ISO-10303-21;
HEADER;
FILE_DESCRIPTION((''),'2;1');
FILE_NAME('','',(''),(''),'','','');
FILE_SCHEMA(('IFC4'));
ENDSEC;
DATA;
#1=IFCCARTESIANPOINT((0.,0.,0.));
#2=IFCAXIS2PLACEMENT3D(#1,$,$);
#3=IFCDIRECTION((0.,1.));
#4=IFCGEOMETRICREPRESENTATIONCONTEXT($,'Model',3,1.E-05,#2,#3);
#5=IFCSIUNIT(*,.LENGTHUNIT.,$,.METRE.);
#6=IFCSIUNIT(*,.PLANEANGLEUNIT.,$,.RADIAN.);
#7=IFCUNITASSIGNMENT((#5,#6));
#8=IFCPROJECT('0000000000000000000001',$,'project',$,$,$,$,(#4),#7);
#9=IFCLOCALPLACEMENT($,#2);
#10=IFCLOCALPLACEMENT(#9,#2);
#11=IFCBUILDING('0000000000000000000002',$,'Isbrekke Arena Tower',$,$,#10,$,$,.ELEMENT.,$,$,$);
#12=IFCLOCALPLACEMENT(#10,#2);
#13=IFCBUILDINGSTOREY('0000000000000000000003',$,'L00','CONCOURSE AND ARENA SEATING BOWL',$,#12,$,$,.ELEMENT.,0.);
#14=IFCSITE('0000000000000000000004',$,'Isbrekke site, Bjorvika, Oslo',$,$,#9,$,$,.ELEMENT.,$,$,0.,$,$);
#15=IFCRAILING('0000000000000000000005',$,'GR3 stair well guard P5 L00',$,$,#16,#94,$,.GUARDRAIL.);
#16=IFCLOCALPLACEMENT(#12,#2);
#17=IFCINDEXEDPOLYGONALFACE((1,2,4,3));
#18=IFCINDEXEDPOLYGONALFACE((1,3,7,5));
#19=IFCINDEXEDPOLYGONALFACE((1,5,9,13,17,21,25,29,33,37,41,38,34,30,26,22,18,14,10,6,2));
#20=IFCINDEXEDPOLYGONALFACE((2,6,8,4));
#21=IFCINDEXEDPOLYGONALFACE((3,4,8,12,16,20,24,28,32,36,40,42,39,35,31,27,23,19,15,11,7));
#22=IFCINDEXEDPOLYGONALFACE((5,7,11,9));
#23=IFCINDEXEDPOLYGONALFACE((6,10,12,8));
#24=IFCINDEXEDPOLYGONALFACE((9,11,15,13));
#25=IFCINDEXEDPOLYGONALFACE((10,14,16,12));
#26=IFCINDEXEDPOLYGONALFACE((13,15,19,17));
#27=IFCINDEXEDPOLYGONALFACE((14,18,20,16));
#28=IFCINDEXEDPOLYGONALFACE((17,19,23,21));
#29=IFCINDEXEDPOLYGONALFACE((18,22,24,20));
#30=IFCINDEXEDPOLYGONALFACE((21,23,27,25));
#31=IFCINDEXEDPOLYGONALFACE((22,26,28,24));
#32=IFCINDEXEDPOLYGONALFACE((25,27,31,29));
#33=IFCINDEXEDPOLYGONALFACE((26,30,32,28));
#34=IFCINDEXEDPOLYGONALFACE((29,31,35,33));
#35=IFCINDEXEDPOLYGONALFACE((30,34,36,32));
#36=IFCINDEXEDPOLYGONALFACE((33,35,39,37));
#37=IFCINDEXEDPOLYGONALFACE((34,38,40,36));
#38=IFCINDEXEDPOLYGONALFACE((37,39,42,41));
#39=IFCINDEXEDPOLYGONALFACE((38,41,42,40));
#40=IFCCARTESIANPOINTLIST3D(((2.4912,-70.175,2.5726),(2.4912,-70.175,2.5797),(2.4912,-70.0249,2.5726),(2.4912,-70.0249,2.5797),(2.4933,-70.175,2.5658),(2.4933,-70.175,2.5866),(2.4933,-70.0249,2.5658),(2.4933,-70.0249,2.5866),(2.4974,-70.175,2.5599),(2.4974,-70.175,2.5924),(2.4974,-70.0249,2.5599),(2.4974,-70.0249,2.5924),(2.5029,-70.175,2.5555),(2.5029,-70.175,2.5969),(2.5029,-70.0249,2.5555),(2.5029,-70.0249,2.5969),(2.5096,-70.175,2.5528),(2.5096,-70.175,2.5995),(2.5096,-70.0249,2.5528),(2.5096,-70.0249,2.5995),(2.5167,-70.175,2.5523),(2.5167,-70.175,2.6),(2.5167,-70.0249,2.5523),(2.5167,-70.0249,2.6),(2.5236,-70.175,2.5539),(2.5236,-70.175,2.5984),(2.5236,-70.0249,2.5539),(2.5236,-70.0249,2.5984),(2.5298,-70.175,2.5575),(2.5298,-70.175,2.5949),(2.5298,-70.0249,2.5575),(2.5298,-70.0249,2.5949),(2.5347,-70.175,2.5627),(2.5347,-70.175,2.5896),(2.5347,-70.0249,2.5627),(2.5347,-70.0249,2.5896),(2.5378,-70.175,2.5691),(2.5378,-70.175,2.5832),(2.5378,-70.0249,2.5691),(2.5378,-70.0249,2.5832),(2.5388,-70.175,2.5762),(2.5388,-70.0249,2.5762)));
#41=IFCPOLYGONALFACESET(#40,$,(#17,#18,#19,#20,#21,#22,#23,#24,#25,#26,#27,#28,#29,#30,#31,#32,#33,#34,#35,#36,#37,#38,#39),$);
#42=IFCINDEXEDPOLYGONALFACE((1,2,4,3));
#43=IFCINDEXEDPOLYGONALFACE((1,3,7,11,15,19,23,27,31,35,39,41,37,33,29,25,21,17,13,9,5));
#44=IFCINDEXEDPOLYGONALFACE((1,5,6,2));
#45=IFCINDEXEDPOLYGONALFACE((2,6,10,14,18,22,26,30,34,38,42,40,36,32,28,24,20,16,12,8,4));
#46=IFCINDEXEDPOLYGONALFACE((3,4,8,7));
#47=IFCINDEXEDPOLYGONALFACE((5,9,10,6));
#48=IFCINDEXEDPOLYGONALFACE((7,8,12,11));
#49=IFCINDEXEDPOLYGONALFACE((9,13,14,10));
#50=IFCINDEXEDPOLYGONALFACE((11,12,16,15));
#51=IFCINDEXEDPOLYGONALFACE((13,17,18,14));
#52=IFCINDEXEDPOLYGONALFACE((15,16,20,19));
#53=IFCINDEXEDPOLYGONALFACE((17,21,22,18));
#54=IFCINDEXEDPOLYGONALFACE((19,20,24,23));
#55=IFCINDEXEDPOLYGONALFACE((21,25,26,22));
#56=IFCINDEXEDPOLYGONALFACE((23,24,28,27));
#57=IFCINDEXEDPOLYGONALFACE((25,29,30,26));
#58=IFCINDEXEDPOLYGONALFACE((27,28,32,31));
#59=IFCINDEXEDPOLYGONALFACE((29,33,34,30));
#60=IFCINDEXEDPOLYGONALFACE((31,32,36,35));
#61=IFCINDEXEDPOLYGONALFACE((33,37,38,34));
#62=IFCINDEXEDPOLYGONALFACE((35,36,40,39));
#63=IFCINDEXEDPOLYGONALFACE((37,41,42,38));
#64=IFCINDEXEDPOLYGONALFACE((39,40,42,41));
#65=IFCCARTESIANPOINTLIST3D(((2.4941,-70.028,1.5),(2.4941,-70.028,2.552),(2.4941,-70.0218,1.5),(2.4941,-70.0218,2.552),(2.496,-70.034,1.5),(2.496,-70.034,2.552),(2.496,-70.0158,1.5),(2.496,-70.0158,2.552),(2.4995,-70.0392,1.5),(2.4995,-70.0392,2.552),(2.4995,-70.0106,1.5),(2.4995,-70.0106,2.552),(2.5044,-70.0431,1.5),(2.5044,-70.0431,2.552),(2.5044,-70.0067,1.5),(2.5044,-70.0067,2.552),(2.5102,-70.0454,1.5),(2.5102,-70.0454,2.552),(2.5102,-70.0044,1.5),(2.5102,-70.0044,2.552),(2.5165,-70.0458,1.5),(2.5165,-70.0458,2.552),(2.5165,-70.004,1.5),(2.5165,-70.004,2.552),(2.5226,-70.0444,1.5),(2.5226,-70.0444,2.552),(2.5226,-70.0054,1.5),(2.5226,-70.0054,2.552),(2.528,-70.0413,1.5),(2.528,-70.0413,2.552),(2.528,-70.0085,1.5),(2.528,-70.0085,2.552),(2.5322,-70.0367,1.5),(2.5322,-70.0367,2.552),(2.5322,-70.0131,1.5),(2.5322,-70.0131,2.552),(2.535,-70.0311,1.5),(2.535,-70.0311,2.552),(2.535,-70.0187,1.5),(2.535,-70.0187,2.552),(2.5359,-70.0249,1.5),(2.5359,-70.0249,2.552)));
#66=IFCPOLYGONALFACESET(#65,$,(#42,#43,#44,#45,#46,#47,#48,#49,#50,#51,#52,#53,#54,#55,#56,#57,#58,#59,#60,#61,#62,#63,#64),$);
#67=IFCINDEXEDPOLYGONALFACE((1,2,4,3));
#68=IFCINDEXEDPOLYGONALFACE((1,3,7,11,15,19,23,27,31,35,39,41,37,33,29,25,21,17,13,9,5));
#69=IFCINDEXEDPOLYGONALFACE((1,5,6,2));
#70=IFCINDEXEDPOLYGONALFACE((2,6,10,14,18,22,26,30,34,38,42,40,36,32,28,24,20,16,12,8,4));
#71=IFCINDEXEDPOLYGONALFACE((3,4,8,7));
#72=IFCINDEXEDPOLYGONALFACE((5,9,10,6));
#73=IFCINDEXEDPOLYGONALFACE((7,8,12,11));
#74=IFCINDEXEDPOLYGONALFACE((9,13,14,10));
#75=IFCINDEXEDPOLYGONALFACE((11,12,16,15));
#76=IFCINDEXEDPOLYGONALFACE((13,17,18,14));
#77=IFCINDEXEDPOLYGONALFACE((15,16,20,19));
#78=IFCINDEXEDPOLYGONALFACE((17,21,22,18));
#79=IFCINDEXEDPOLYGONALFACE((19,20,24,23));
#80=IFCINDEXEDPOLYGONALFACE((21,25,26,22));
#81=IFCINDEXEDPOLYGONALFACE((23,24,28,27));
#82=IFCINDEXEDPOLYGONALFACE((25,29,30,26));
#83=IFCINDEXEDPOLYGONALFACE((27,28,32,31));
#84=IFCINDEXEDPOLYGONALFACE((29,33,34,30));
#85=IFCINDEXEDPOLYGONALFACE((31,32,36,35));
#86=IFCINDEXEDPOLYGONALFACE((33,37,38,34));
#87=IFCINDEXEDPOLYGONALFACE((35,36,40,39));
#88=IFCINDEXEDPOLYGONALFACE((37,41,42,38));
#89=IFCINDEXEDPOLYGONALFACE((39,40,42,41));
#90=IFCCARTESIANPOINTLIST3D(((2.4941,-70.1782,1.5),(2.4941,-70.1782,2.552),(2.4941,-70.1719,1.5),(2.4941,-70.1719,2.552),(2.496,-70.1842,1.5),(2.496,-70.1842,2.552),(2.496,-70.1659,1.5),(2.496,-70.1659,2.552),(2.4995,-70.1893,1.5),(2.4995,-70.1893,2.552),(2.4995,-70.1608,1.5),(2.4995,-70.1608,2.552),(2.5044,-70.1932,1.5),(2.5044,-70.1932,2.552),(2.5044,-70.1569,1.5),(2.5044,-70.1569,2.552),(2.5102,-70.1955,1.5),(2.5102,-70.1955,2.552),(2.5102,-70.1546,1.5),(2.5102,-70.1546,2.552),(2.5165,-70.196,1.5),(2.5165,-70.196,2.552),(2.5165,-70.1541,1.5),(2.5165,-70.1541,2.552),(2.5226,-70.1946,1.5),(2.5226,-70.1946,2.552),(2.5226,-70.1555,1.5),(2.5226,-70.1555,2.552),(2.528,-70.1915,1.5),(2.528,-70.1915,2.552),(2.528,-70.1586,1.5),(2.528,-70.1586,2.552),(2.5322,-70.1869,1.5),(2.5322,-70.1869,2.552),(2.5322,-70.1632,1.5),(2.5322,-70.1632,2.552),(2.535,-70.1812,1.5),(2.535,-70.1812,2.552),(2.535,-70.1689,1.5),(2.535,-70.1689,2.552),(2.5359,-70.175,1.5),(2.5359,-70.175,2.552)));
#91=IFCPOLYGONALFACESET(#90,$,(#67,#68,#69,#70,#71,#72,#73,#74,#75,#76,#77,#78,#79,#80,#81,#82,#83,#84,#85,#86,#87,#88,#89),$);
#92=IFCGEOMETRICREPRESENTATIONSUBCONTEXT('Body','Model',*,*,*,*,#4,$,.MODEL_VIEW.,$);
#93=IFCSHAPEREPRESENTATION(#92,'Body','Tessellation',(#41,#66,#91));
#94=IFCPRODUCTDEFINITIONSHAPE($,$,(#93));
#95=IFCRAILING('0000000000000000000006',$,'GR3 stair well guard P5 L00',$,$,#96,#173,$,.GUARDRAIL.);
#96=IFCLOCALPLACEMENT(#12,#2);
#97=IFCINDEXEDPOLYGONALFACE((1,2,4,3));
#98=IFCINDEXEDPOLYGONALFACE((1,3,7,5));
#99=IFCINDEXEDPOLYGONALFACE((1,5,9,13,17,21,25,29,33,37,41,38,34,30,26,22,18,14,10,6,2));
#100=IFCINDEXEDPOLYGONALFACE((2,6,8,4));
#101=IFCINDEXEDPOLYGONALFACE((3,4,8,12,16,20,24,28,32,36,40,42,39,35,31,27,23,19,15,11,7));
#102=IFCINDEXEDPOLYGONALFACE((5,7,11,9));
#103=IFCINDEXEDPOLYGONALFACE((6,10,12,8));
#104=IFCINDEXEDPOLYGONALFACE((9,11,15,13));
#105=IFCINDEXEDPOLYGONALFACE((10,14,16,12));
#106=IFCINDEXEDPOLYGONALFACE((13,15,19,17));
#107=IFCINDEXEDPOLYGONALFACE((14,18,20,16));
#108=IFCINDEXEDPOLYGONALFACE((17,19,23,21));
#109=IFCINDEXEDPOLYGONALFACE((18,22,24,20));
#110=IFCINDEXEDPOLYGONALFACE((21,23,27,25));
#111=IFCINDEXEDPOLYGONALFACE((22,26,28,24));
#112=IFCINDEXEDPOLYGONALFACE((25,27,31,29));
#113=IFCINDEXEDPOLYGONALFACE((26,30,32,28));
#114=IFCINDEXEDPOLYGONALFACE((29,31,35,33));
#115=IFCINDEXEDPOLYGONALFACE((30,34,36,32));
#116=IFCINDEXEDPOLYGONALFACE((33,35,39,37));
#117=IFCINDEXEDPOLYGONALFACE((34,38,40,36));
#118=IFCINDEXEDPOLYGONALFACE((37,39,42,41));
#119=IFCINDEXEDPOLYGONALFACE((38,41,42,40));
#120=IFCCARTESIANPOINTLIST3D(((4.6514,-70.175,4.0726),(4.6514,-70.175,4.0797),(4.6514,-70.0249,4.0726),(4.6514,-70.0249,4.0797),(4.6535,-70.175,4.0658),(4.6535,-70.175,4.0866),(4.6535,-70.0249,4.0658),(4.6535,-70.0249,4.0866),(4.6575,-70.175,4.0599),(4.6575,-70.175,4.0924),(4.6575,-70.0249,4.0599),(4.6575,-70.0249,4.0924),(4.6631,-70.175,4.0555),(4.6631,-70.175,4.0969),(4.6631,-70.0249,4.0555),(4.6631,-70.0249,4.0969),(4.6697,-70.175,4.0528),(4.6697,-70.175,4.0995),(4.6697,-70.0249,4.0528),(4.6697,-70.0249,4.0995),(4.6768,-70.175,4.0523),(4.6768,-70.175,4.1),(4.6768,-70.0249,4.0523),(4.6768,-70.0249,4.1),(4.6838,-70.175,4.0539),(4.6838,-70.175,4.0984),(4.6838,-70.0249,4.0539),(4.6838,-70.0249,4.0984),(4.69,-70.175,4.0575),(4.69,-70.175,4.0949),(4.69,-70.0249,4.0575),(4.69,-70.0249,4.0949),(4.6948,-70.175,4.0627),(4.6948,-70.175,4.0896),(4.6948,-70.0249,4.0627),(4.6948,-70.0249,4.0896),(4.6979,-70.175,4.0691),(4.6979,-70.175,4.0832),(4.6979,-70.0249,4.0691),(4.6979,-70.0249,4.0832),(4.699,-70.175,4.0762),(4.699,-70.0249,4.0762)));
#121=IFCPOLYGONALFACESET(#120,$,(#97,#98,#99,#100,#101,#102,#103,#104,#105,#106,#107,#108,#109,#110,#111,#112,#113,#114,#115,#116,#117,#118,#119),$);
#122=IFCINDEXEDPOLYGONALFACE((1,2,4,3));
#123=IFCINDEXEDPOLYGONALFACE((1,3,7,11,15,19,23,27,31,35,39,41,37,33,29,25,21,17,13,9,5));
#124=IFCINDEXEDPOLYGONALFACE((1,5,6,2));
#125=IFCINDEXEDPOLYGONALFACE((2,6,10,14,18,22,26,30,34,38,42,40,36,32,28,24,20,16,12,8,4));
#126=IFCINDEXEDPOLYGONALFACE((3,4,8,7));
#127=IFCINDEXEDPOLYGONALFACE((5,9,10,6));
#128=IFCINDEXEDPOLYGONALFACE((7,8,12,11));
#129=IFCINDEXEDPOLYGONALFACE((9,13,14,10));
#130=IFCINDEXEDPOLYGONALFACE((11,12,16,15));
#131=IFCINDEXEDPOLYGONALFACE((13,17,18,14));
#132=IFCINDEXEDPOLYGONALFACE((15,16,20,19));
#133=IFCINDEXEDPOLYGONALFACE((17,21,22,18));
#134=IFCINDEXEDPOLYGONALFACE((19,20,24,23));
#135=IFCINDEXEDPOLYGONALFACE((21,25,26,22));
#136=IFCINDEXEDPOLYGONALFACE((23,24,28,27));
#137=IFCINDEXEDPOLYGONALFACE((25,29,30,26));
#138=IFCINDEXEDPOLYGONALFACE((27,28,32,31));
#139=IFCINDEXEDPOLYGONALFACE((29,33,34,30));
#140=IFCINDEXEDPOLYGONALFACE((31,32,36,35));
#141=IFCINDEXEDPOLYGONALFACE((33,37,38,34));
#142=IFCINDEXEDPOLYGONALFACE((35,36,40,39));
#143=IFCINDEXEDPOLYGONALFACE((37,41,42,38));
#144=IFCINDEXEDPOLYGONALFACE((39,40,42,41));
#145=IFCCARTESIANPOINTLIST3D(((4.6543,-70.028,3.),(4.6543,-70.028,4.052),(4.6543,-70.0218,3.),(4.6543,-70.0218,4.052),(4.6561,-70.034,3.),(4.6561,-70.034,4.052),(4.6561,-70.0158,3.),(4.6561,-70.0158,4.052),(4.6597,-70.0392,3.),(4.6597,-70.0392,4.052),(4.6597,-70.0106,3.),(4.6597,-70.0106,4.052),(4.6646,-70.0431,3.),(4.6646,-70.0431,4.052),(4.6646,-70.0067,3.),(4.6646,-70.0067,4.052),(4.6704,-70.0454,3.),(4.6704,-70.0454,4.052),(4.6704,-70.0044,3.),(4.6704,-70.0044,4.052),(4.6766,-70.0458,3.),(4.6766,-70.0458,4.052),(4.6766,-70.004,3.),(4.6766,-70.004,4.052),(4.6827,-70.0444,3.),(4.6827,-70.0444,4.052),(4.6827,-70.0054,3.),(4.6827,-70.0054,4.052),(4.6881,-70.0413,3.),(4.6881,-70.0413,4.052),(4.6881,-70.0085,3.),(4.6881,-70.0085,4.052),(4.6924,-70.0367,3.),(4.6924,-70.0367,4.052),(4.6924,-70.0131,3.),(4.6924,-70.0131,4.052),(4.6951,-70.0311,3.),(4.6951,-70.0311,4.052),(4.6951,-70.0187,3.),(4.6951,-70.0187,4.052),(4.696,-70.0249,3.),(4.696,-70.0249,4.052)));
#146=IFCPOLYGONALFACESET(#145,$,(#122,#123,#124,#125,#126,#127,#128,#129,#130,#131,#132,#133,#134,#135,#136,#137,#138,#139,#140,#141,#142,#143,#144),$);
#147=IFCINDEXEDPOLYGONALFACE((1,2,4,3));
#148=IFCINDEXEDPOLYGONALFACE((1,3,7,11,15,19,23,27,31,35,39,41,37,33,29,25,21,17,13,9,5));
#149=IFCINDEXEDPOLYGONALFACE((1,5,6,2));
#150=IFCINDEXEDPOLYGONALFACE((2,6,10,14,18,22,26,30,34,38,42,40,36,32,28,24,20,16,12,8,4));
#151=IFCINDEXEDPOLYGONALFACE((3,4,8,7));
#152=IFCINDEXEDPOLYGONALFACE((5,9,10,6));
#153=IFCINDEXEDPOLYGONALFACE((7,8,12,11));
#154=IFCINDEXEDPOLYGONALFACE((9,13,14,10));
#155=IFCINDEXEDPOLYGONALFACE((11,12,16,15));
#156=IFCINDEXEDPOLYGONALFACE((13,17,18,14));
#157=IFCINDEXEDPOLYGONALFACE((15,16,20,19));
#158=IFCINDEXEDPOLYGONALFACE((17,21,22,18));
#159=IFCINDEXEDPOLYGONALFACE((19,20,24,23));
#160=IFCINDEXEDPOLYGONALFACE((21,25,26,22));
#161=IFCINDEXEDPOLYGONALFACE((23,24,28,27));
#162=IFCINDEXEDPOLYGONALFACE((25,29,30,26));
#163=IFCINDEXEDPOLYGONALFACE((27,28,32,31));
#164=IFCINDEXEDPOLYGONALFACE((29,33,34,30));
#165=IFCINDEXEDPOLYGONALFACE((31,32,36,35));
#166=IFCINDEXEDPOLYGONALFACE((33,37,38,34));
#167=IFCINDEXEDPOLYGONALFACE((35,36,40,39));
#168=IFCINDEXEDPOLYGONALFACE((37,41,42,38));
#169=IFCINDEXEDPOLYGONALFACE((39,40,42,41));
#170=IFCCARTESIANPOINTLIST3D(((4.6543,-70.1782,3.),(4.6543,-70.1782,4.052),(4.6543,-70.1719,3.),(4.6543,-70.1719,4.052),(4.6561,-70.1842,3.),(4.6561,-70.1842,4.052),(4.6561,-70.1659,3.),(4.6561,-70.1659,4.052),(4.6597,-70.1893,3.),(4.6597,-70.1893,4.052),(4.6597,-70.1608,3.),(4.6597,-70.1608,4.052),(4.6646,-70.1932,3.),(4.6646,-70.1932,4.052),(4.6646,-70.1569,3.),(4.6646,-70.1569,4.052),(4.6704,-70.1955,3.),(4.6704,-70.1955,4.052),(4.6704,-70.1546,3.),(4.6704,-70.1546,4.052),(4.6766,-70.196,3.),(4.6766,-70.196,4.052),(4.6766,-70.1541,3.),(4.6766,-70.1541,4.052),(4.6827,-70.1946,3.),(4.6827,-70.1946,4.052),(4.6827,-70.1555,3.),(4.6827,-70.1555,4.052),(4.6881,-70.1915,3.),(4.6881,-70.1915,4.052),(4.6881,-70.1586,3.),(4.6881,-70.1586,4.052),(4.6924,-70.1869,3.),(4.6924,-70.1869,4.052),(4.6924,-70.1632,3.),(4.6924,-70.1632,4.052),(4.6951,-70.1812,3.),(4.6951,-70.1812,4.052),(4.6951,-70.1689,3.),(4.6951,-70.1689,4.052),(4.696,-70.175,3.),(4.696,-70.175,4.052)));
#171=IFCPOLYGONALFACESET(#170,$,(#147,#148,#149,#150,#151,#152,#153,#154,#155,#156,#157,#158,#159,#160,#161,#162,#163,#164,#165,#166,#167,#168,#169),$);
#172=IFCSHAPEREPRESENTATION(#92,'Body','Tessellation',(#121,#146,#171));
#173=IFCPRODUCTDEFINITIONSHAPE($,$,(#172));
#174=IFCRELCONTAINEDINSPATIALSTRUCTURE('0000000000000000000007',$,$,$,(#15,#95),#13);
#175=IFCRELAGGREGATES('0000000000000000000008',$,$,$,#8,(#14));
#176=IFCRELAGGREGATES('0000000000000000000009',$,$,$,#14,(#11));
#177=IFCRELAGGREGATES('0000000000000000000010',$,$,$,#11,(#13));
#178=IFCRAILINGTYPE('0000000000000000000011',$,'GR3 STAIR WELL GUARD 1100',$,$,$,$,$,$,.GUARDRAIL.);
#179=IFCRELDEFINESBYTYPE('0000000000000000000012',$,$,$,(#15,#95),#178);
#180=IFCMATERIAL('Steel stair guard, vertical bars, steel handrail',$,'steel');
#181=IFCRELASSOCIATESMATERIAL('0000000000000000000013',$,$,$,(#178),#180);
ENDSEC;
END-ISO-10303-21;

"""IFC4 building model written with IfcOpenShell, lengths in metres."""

from ifc_helpers import new_model, si_unit, direction, frame, origin, origin_2d, place, context, subcontext, project, spatial, circle, extrude, material, type_object, element, save


model = new_model("IFC4")

# Units and contexts
model_context = context("Model", 3, precision=1e-05, world=origin(), true_north=direction((0.0, 1.0)))
body_context = subcontext(model_context, "Body", "Model", "MODEL_VIEW")
ifc_project = project(units=[si_unit("LENGTHUNIT", "METRE"), si_unit("PLANEANGLEUNIT", "RADIAN")], contexts=[model_context])

# Site, building, storey
site_placement = place(None, origin())
site = spatial("IfcSite", under=ifc_project, at=site_placement, Name="Isbrekke site, Bjorvika, Oslo", CompositionType="ELEMENT", RefElevation=0.0)
building_placement = place(site_placement, origin())
building = spatial("IfcBuilding", under=site, at=building_placement, Name="Isbrekke Arena Tower", CompositionType="ELEMENT")
storey_placement = place(building_placement, origin())
storey = spatial("IfcBuildingStorey", under=building, at=storey_placement, Name="L00", Description="CONCOURSE AND ARENA SEATING BOWL", CompositionType="ELEMENT", Elevation=0.0)

# Railings
ifc_material_1 = material(Name="Steel stair guard, vertical bars, steel handrail", Category="steel")
railing_type = type_object("IfcRailingType", Name="GR3 STAIR WELL GUARD 1100", PredefinedType="GUARDRAIL", material=ifc_material_1)
for number, where, name in (
    (1, (2.5149, -70.0249, 1.5), "GR3 stair well guard P5 L00"),
    (2, (4.675, -70.0249, 3.0), "GR3 stair well guard P5 L00"),
):
    element("IfcRailing", number, at=place(storey_placement, frame(where)), inside=storey, type_object=railing_type, Name=name, PredefinedType="GUARDRAIL", context=body_context, shape_type="SweptSolid", body=[
        extrude(circle(Radius=0.0239, at=origin_2d()), frame((0.0, 0.0, 1.0762), z_axis=(0.0, -1.0, 0.0), x_axis=(1.0, 0.0, 0.0)), (0.0, 0.0, 1.0), 0.1501),
        extrude(circle(Radius=0.021, at=origin_2d()), origin(), (0.0, 0.0, 1.0), 1.052),
        extrude(circle(Radius=0.021, at=origin_2d()), frame((0.0, -0.1501, 0.0)), (0.0, 0.0, 1.0), 1.052),
    ])

save(model, "model.ifc")
